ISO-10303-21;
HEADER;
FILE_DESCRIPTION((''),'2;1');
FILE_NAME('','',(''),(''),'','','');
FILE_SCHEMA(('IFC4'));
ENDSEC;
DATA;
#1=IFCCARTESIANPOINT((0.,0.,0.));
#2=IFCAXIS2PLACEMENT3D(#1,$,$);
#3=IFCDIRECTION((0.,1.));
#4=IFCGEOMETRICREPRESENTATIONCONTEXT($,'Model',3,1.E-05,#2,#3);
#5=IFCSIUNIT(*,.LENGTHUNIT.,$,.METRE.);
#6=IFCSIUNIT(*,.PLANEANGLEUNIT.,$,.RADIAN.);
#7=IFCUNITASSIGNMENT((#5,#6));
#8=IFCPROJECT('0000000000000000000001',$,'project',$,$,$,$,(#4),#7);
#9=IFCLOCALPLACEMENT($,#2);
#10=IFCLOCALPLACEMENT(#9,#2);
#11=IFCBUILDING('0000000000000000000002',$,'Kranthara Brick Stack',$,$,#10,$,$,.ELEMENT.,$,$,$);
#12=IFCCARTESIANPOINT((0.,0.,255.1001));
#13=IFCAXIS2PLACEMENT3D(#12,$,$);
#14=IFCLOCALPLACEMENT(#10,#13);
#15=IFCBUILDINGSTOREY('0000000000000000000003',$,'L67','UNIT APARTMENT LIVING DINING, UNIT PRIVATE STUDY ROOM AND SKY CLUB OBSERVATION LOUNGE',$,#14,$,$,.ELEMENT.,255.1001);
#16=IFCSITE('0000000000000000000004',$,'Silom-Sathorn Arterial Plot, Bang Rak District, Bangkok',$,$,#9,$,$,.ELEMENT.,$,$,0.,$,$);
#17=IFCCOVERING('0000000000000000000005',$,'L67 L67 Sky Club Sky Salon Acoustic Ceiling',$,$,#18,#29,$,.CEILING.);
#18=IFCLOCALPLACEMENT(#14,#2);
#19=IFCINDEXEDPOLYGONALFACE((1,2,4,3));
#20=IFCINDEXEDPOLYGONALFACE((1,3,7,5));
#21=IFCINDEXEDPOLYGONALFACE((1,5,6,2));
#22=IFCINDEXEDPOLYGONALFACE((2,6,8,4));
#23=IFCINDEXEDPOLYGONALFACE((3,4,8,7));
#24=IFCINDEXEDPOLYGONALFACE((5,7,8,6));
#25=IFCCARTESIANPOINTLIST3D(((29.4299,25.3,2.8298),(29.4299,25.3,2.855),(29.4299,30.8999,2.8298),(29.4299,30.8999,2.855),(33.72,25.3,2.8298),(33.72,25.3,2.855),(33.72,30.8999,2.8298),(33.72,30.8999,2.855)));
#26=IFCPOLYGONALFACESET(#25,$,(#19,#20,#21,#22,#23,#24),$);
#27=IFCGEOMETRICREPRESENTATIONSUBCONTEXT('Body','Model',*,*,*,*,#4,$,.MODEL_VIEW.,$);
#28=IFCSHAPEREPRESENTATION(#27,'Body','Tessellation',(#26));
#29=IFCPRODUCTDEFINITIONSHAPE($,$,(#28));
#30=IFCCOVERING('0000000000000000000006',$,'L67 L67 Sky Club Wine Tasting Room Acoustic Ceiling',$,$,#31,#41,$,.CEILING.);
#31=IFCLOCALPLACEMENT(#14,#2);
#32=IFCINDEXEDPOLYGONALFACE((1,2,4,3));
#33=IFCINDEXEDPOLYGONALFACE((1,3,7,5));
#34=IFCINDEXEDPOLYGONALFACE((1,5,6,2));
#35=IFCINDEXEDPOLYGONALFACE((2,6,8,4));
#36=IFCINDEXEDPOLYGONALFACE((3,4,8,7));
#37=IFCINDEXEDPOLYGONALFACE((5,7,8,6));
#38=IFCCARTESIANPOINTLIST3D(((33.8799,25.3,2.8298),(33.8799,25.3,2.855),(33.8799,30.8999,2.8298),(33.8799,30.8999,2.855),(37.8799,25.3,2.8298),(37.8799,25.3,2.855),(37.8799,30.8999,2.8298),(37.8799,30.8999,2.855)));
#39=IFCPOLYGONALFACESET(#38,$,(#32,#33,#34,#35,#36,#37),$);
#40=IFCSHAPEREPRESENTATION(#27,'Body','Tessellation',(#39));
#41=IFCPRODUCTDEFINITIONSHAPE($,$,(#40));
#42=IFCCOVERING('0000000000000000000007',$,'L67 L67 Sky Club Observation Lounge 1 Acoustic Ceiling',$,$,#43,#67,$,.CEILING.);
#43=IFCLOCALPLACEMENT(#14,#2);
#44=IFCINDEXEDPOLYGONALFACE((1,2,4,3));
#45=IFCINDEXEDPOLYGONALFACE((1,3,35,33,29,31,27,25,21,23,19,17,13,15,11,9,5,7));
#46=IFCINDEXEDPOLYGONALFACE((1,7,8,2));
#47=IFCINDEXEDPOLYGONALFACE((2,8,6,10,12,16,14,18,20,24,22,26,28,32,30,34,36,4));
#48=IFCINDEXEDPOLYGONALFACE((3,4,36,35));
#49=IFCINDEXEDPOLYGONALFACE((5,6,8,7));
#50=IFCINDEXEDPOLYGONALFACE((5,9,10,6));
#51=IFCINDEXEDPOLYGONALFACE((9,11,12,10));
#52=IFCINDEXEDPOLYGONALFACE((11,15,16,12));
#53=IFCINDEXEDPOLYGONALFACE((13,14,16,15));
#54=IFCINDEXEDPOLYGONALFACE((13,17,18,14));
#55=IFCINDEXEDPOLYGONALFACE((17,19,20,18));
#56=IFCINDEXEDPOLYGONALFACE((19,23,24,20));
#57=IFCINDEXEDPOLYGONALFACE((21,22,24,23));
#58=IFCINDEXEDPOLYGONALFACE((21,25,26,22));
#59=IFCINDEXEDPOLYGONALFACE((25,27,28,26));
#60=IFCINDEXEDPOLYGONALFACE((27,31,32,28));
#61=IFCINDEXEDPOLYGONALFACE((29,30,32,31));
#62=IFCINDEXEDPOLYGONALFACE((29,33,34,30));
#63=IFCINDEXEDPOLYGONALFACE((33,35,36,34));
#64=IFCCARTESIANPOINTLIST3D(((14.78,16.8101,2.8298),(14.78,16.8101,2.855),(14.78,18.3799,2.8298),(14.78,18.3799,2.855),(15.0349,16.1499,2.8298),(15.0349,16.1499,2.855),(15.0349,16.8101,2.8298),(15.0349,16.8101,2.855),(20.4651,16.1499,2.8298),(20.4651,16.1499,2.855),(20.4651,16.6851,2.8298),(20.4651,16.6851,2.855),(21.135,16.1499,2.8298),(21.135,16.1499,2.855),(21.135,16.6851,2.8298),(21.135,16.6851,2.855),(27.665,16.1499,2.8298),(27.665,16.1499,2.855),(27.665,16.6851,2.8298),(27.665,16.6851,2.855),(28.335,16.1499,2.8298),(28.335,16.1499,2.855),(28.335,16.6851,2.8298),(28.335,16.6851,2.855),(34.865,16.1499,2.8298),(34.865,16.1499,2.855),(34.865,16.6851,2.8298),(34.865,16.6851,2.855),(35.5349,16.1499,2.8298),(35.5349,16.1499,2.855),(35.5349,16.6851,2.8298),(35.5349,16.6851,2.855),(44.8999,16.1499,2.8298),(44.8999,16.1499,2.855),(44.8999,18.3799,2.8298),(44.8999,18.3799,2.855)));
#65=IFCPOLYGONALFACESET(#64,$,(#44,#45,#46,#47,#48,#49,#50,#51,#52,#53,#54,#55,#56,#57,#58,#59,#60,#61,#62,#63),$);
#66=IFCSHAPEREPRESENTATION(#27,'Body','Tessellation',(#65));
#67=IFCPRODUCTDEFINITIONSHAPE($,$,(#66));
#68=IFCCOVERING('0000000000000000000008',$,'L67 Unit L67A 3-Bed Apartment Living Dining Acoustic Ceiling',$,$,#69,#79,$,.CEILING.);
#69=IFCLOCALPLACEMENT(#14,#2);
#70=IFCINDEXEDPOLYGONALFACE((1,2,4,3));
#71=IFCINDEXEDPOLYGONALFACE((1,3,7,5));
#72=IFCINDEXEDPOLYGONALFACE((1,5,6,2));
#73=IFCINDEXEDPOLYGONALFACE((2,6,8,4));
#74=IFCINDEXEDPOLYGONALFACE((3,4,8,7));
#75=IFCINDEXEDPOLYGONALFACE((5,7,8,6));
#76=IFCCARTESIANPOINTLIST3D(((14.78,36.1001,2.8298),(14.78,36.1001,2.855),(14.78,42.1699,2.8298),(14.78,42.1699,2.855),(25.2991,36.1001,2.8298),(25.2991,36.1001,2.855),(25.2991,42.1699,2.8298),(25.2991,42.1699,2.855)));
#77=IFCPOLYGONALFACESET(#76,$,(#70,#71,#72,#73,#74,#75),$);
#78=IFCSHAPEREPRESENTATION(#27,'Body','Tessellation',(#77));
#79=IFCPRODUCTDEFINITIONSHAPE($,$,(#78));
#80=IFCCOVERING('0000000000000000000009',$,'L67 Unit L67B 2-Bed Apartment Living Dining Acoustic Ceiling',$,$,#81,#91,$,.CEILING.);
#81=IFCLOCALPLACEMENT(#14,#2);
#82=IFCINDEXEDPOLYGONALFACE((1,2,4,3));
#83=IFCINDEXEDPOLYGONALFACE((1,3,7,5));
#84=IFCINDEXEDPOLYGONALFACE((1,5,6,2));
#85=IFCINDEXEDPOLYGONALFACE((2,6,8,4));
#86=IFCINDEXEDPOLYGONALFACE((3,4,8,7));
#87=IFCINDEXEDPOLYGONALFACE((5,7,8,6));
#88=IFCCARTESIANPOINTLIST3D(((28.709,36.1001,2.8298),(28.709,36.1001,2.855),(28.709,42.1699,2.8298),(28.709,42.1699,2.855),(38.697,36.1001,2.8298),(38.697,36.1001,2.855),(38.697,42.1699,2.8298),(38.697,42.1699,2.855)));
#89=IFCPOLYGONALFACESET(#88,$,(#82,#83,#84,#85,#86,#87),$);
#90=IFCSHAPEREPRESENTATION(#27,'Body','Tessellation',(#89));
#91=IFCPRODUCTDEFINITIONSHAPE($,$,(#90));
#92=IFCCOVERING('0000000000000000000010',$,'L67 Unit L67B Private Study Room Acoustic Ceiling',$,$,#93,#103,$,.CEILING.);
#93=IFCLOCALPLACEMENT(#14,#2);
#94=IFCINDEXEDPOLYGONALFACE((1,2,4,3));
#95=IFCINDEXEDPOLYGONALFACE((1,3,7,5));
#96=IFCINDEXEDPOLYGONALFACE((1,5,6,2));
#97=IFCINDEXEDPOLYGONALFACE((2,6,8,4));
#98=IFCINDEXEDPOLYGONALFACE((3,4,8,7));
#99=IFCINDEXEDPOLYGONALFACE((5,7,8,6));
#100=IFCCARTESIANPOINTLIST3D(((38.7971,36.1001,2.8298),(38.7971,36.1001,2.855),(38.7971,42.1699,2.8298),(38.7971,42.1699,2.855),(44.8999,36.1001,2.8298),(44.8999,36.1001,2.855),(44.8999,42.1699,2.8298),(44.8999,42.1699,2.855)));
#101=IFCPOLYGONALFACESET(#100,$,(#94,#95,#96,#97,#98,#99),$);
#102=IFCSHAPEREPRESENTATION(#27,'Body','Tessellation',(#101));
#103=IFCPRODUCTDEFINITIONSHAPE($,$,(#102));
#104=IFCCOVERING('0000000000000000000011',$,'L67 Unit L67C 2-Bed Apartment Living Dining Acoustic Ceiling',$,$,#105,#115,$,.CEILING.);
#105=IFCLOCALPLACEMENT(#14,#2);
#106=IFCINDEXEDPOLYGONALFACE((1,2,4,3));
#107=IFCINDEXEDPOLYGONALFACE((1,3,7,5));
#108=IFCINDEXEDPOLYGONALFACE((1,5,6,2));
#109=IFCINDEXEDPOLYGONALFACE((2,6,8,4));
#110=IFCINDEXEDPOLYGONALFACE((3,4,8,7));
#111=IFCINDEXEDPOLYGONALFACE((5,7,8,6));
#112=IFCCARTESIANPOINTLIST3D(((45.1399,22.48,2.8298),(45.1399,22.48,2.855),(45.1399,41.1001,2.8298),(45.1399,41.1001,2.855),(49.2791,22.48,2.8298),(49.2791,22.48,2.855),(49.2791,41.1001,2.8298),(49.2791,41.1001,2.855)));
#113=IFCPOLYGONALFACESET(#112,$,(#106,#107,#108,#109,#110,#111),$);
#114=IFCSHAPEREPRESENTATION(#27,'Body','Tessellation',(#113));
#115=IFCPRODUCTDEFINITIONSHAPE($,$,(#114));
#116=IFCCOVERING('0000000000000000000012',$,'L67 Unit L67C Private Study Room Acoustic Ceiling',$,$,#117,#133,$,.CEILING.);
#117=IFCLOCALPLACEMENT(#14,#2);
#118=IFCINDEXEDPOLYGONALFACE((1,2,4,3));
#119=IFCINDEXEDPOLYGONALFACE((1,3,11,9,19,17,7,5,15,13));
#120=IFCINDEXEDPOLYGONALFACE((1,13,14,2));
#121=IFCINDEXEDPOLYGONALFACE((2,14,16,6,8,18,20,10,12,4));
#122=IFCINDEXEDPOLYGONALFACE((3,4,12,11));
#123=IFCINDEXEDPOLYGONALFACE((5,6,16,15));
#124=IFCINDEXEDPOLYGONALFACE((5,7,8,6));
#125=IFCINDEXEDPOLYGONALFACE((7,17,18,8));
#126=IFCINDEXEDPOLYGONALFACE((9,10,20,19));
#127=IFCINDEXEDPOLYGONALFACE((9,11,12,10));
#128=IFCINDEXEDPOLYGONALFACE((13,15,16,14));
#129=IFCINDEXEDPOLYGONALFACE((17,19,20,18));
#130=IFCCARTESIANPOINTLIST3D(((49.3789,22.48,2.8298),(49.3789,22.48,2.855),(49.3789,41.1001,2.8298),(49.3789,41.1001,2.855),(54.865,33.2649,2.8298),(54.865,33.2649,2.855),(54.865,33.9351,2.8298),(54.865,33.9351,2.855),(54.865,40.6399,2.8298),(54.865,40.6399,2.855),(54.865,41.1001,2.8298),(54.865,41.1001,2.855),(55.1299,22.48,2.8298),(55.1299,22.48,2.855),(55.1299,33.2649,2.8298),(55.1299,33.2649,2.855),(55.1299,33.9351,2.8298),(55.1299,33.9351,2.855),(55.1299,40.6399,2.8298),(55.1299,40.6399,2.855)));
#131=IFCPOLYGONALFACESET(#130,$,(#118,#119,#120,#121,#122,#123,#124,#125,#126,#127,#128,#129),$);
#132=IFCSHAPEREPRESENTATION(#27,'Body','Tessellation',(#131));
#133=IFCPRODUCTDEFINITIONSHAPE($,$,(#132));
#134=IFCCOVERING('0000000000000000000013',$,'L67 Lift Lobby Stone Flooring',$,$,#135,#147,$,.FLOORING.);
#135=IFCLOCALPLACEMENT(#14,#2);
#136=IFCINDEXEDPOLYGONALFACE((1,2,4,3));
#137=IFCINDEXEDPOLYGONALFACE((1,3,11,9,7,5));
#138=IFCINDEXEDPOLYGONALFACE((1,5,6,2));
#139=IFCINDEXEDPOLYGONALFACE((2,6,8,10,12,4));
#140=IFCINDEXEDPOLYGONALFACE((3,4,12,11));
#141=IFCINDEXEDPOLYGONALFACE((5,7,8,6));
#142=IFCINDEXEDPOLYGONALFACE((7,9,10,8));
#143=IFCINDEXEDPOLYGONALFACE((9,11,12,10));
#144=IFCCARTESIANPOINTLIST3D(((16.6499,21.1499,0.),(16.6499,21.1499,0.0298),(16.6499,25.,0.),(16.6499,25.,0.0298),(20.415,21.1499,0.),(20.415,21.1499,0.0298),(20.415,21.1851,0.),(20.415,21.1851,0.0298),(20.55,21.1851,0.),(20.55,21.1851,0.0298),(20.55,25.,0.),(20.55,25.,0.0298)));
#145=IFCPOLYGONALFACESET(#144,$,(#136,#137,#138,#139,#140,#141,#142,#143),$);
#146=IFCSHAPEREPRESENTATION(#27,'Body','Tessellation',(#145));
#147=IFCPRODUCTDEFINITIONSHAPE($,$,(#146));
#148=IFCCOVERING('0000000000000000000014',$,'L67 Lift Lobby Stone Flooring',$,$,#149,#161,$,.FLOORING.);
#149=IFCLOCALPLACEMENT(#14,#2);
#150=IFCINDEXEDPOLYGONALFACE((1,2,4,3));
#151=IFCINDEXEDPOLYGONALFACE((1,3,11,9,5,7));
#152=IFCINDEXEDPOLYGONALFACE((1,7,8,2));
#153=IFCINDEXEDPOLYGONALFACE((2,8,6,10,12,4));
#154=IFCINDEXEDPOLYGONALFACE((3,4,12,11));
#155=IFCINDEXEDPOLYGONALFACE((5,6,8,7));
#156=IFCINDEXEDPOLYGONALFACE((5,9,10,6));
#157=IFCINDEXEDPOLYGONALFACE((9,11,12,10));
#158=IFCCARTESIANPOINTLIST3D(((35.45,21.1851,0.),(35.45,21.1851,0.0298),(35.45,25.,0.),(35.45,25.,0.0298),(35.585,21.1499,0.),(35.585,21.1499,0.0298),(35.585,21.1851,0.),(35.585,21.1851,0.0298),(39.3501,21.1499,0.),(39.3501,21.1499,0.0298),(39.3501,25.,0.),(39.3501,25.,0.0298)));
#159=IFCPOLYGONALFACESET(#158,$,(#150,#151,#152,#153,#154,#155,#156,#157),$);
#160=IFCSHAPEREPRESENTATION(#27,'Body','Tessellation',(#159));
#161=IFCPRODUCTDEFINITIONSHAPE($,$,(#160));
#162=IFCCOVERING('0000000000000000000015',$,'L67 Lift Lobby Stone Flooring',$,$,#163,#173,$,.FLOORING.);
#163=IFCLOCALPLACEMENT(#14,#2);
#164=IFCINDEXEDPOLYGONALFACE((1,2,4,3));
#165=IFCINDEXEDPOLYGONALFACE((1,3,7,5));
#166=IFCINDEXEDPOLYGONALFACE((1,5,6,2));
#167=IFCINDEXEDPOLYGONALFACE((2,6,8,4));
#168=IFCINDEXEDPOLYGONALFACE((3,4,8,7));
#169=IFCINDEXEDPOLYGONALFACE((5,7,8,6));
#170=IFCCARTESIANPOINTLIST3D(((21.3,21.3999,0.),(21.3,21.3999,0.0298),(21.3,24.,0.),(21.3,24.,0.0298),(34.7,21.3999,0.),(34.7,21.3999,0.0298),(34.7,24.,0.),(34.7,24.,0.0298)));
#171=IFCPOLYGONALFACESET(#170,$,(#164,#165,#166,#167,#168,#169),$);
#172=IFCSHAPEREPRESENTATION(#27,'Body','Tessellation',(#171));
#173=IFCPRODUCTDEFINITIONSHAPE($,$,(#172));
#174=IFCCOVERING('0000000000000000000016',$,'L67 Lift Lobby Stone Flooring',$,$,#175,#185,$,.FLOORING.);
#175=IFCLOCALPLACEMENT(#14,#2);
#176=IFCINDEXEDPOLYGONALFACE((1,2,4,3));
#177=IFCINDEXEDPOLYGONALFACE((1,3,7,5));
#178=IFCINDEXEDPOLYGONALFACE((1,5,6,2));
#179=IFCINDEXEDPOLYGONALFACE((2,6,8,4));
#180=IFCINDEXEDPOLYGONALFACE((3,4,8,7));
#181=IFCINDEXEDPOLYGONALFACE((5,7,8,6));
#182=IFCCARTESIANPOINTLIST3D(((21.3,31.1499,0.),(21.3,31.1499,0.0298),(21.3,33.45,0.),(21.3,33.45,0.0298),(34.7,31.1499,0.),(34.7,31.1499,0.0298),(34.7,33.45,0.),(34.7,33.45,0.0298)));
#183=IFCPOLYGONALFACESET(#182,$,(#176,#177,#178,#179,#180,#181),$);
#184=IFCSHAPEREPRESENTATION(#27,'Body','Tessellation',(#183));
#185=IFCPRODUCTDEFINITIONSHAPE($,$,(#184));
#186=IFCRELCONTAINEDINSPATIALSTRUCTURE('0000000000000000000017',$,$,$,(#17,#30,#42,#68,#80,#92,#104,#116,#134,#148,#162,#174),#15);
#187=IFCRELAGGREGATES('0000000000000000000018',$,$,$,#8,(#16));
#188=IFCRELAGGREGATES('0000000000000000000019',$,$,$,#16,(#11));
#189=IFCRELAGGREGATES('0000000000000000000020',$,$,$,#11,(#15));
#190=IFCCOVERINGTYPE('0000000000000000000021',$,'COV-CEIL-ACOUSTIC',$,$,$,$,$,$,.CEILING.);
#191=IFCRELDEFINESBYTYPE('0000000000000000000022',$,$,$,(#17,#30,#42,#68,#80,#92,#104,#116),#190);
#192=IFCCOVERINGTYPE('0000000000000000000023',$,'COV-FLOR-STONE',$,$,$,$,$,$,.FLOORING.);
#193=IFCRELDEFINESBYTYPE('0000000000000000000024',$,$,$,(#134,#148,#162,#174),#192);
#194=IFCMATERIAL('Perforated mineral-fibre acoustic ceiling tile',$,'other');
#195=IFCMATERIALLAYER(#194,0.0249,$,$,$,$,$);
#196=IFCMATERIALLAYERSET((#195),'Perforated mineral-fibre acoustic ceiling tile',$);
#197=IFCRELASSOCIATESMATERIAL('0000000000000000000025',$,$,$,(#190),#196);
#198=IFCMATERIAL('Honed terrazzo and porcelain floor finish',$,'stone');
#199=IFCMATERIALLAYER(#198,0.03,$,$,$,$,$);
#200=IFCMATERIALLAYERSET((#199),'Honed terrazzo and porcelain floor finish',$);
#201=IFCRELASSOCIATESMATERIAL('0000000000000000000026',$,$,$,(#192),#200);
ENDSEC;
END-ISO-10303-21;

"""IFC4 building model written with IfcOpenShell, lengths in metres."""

from ifc_helpers import new_model, si_unit, direction, frame, origin, place, context, subcontext, project, spatial, polyline, outline, extrude, material, layer, layer_set, type_object, element, save


model = new_model("IFC4")

# Units and contexts
model_context = context("Model", 3, precision=1e-05, world=origin(), true_north=direction((0.0, 1.0)))
body_context = subcontext(model_context, "Body", "Model", "MODEL_VIEW")
ifc_project = project(units=[si_unit("LENGTHUNIT", "METRE"), si_unit("PLANEANGLEUNIT", "RADIAN")], contexts=[model_context])

# Site, building, storey
site_placement = place(None, origin())
site = spatial("IfcSite", under=ifc_project, at=site_placement, Name="Silom-Sathorn Arterial Plot, Bang Rak District, Bangkok", CompositionType="ELEMENT", RefElevation=0.0)
building_placement = place(site_placement, origin())
building = spatial("IfcBuilding", under=site, at=building_placement, Name="Kranthara Brick Stack", CompositionType="ELEMENT")
storey_placement = place(building_placement, frame((0.0, 0.0, 255.1001)))
storey = spatial("IfcBuildingStorey", under=building, at=storey_placement, Name="L67", Description="UNIT APARTMENT LIVING DINING, UNIT PRIVATE STUDY ROOM AND SKY CLUB OBSERVATION LOUNGE", CompositionType="ELEMENT", Elevation=255.1001)

# Coverings
ifc_material_1 = material(Name="Perforated mineral-fibre acoustic ceiling tile", Category="other")
ifc_layer_1 = layer(ifc_material_1, 0.0249)
ifc_layer_set_1 = layer_set([ifc_layer_1], Name="Perforated mineral-fibre acoustic ceiling tile")
covering_type_1 = type_object("IfcCoveringType", Name="COV-CEIL-ACOUSTIC", PredefinedType="CEILING", material=ifc_layer_set_1)
covering_1_placement = place(storey_placement, frame((0.0, 0.0, 2.8298)))
element("IfcCovering", 1, at=covering_1_placement, inside=storey, type_object=covering_type_1, Name="L67 L67 Sky Club Sky Salon Acoustic Ceiling", PredefinedType="CEILING", context=body_context, shape_type="SweptSolid", body=[
    extrude(outline(polyline([(33.72, 25.3), (33.72, 30.8999), (29.4299, 30.8999), (29.4299, 25.3), (33.72, 25.3)])), origin(), (0.0, 0.0, 1.0), 0.0251),
])
covering_2_placement = place(storey_placement, frame((0.0, 0.0, 2.8298)))
element("IfcCovering", 2, at=covering_2_placement, inside=storey, type_object=covering_type_1, Name="L67 L67 Sky Club Wine Tasting Room Acoustic Ceiling", PredefinedType="CEILING", context=body_context, shape_type="SweptSolid", body=[
    extrude(outline(polyline([(37.8799, 25.3), (37.8799, 30.8999), (33.8799, 30.8999), (33.8799, 25.3), (37.8799, 25.3)])), origin(), (0.0, 0.0, 1.0), 0.0251),
])
covering_3_placement = place(storey_placement, frame((0.0, 0.0, 2.8298)))
element("IfcCovering", 3, at=covering_3_placement, inside=storey, type_object=covering_type_1, Name="L67 L67 Sky Club Observation Lounge 1 Acoustic Ceiling", PredefinedType="CEILING", context=body_context, shape_type="SweptSolid", body=[
    extrude(outline(polyline([(35.5349, 16.1499), (35.5349, 16.6851), (34.865, 16.6851), (34.865, 16.1499), (28.335, 16.1499), (28.335, 16.6851), (27.665, 16.6851), (27.665, 16.1499), (21.135, 16.1499), (21.135, 16.6851), (20.4651, 16.6851), (20.4651, 16.1499), (15.0349, 16.1499), (15.0349, 16.8101), (14.78, 16.8101), (14.78, 18.3799), (44.8999, 18.3799), (44.8999, 16.1499), (35.5349, 16.1499)])), origin(), (0.0, 0.0, 1.0), 0.0251),
])
covering_4_placement = place(storey_placement, frame((0.0, 0.0, 2.8298)))
element("IfcCovering", 4, at=covering_4_placement, inside=storey, type_object=covering_type_1, Name="L67 Unit L67A 3-Bed Apartment Living Dining Acoustic Ceiling", PredefinedType="CEILING", context=body_context, shape_type="SweptSolid", body=[
    extrude(outline(polyline([(25.2991, 36.1001), (25.2991, 42.1699), (14.78, 42.1699), (14.78, 36.1001), (25.2991, 36.1001)])), origin(), (0.0, 0.0, 1.0), 0.0251),
])
covering_5_placement = place(storey_placement, frame((0.0, 0.0, 2.8298)))
element("IfcCovering", 5, at=covering_5_placement, inside=storey, type_object=covering_type_1, Name="L67 Unit L67B 2-Bed Apartment Living Dining Acoustic Ceiling", PredefinedType="CEILING", context=body_context, shape_type="SweptSolid", body=[
    extrude(outline(polyline([(38.697, 36.1001), (38.697, 42.1699), (28.709, 42.1699), (28.709, 36.1001), (38.697, 36.1001)])), origin(), (0.0, 0.0, 1.0), 0.0251),
])
covering_6_placement = place(storey_placement, frame((0.0, 0.0, 2.8298)))
element("IfcCovering", 6, at=covering_6_placement, inside=storey, type_object=covering_type_1, Name="L67 Unit L67B Private Study Room Acoustic Ceiling", PredefinedType="CEILING", context=body_context, shape_type="SweptSolid", body=[
    extrude(outline(polyline([(44.8999, 36.1001), (44.8999, 42.1699), (38.7971, 42.1699), (38.7971, 36.1001), (44.8999, 36.1001)])), origin(), (0.0, 0.0, 1.0), 0.0251),
])
covering_7_placement = place(storey_placement, frame((0.0, 0.0, 2.8298)))
element("IfcCovering", 7, at=covering_7_placement, inside=storey, type_object=covering_type_1, Name="L67 Unit L67C 2-Bed Apartment Living Dining Acoustic Ceiling", PredefinedType="CEILING", context=body_context, shape_type="SweptSolid", body=[
    extrude(outline(polyline([(49.2791, 22.48), (49.2791, 41.1001), (45.1399, 41.1001), (45.1399, 22.48), (49.2791, 22.48)])), origin(), (0.0, 0.0, 1.0), 0.0251),
])
covering_8_placement = place(storey_placement, frame((0.0, 0.0, 2.8298)))
element("IfcCovering", 8, at=covering_8_placement, inside=storey, type_object=covering_type_1, Name="L67 Unit L67C Private Study Room Acoustic Ceiling", PredefinedType="CEILING", context=body_context, shape_type="SweptSolid", body=[
    extrude(outline(polyline([(49.3789, 22.48), (49.3789, 41.1001), (54.865, 41.1001), (54.865, 40.6399), (55.1299, 40.6399), (55.1299, 33.9351), (54.865, 33.9351), (54.865, 33.2649), (55.1299, 33.2649), (55.1299, 22.48), (49.3789, 22.48)])), origin(), (0.0, 0.0, 1.0), 0.0251),
])
ifc_material_2 = material(Name="Honed terrazzo and porcelain floor finish", Category="stone")
ifc_layer_2 = layer(ifc_material_2, 0.03)
ifc_layer_set_2 = layer_set([ifc_layer_2], Name="Honed terrazzo and porcelain floor finish")
covering_type_2 = type_object("IfcCoveringType", Name="COV-FLOR-STONE", PredefinedType="FLOORING", material=ifc_layer_set_2)
covering_9_placement = place(storey_placement, origin())
element("IfcCovering", 9, at=covering_9_placement, inside=storey, type_object=covering_type_2, Name="L67 Lift Lobby Stone Flooring", PredefinedType="FLOORING", context=body_context, shape_type="SweptSolid", body=[
    extrude(outline(polyline([(16.6499, 21.1499), (16.6499, 25.0), (20.55, 25.0), (20.55, 21.1851), (20.415, 21.1851), (20.415, 21.1499), (16.6499, 21.1499)])), origin(), (0.0, 0.0, 1.0), 0.0298),
])
covering_10_placement = place(storey_placement, origin())
element("IfcCovering", 10, at=covering_10_placement, inside=storey, type_object=covering_type_2, Name="L67 Lift Lobby Stone Flooring", PredefinedType="FLOORING", context=body_context, shape_type="SweptSolid", body=[
    extrude(outline(polyline([(35.45, 25.0), (39.3501, 25.0), (39.3501, 21.1499), (35.585, 21.1499), (35.585, 21.1851), (35.45, 21.1851), (35.45, 25.0)])), origin(), (0.0, 0.0, 1.0), 0.0298),
])
covering_11_placement = place(storey_placement, origin())
element("IfcCovering", 11, at=covering_11_placement, inside=storey, type_object=covering_type_2, Name="L67 Lift Lobby Stone Flooring", PredefinedType="FLOORING", context=body_context, shape_type="SweptSolid", body=[
    extrude(outline(polyline([(34.7, 21.3999), (34.7, 24.0), (21.3, 24.0), (21.3, 21.3999), (34.7, 21.3999)])), origin(), (0.0, 0.0, 1.0), 0.0298),
])
covering_12_placement = place(storey_placement, origin())
element("IfcCovering", 12, at=covering_12_placement, inside=storey, type_object=covering_type_2, Name="L67 Lift Lobby Stone Flooring", PredefinedType="FLOORING", context=body_context, shape_type="SweptSolid", body=[
    extrude(outline(polyline([(34.7, 31.1499), (34.7, 33.45), (21.3, 33.45), (21.3, 31.1499), (34.7, 31.1499)])), origin(), (0.0, 0.0, 1.0), 0.0298),
])

save(model, "model.ifc")
